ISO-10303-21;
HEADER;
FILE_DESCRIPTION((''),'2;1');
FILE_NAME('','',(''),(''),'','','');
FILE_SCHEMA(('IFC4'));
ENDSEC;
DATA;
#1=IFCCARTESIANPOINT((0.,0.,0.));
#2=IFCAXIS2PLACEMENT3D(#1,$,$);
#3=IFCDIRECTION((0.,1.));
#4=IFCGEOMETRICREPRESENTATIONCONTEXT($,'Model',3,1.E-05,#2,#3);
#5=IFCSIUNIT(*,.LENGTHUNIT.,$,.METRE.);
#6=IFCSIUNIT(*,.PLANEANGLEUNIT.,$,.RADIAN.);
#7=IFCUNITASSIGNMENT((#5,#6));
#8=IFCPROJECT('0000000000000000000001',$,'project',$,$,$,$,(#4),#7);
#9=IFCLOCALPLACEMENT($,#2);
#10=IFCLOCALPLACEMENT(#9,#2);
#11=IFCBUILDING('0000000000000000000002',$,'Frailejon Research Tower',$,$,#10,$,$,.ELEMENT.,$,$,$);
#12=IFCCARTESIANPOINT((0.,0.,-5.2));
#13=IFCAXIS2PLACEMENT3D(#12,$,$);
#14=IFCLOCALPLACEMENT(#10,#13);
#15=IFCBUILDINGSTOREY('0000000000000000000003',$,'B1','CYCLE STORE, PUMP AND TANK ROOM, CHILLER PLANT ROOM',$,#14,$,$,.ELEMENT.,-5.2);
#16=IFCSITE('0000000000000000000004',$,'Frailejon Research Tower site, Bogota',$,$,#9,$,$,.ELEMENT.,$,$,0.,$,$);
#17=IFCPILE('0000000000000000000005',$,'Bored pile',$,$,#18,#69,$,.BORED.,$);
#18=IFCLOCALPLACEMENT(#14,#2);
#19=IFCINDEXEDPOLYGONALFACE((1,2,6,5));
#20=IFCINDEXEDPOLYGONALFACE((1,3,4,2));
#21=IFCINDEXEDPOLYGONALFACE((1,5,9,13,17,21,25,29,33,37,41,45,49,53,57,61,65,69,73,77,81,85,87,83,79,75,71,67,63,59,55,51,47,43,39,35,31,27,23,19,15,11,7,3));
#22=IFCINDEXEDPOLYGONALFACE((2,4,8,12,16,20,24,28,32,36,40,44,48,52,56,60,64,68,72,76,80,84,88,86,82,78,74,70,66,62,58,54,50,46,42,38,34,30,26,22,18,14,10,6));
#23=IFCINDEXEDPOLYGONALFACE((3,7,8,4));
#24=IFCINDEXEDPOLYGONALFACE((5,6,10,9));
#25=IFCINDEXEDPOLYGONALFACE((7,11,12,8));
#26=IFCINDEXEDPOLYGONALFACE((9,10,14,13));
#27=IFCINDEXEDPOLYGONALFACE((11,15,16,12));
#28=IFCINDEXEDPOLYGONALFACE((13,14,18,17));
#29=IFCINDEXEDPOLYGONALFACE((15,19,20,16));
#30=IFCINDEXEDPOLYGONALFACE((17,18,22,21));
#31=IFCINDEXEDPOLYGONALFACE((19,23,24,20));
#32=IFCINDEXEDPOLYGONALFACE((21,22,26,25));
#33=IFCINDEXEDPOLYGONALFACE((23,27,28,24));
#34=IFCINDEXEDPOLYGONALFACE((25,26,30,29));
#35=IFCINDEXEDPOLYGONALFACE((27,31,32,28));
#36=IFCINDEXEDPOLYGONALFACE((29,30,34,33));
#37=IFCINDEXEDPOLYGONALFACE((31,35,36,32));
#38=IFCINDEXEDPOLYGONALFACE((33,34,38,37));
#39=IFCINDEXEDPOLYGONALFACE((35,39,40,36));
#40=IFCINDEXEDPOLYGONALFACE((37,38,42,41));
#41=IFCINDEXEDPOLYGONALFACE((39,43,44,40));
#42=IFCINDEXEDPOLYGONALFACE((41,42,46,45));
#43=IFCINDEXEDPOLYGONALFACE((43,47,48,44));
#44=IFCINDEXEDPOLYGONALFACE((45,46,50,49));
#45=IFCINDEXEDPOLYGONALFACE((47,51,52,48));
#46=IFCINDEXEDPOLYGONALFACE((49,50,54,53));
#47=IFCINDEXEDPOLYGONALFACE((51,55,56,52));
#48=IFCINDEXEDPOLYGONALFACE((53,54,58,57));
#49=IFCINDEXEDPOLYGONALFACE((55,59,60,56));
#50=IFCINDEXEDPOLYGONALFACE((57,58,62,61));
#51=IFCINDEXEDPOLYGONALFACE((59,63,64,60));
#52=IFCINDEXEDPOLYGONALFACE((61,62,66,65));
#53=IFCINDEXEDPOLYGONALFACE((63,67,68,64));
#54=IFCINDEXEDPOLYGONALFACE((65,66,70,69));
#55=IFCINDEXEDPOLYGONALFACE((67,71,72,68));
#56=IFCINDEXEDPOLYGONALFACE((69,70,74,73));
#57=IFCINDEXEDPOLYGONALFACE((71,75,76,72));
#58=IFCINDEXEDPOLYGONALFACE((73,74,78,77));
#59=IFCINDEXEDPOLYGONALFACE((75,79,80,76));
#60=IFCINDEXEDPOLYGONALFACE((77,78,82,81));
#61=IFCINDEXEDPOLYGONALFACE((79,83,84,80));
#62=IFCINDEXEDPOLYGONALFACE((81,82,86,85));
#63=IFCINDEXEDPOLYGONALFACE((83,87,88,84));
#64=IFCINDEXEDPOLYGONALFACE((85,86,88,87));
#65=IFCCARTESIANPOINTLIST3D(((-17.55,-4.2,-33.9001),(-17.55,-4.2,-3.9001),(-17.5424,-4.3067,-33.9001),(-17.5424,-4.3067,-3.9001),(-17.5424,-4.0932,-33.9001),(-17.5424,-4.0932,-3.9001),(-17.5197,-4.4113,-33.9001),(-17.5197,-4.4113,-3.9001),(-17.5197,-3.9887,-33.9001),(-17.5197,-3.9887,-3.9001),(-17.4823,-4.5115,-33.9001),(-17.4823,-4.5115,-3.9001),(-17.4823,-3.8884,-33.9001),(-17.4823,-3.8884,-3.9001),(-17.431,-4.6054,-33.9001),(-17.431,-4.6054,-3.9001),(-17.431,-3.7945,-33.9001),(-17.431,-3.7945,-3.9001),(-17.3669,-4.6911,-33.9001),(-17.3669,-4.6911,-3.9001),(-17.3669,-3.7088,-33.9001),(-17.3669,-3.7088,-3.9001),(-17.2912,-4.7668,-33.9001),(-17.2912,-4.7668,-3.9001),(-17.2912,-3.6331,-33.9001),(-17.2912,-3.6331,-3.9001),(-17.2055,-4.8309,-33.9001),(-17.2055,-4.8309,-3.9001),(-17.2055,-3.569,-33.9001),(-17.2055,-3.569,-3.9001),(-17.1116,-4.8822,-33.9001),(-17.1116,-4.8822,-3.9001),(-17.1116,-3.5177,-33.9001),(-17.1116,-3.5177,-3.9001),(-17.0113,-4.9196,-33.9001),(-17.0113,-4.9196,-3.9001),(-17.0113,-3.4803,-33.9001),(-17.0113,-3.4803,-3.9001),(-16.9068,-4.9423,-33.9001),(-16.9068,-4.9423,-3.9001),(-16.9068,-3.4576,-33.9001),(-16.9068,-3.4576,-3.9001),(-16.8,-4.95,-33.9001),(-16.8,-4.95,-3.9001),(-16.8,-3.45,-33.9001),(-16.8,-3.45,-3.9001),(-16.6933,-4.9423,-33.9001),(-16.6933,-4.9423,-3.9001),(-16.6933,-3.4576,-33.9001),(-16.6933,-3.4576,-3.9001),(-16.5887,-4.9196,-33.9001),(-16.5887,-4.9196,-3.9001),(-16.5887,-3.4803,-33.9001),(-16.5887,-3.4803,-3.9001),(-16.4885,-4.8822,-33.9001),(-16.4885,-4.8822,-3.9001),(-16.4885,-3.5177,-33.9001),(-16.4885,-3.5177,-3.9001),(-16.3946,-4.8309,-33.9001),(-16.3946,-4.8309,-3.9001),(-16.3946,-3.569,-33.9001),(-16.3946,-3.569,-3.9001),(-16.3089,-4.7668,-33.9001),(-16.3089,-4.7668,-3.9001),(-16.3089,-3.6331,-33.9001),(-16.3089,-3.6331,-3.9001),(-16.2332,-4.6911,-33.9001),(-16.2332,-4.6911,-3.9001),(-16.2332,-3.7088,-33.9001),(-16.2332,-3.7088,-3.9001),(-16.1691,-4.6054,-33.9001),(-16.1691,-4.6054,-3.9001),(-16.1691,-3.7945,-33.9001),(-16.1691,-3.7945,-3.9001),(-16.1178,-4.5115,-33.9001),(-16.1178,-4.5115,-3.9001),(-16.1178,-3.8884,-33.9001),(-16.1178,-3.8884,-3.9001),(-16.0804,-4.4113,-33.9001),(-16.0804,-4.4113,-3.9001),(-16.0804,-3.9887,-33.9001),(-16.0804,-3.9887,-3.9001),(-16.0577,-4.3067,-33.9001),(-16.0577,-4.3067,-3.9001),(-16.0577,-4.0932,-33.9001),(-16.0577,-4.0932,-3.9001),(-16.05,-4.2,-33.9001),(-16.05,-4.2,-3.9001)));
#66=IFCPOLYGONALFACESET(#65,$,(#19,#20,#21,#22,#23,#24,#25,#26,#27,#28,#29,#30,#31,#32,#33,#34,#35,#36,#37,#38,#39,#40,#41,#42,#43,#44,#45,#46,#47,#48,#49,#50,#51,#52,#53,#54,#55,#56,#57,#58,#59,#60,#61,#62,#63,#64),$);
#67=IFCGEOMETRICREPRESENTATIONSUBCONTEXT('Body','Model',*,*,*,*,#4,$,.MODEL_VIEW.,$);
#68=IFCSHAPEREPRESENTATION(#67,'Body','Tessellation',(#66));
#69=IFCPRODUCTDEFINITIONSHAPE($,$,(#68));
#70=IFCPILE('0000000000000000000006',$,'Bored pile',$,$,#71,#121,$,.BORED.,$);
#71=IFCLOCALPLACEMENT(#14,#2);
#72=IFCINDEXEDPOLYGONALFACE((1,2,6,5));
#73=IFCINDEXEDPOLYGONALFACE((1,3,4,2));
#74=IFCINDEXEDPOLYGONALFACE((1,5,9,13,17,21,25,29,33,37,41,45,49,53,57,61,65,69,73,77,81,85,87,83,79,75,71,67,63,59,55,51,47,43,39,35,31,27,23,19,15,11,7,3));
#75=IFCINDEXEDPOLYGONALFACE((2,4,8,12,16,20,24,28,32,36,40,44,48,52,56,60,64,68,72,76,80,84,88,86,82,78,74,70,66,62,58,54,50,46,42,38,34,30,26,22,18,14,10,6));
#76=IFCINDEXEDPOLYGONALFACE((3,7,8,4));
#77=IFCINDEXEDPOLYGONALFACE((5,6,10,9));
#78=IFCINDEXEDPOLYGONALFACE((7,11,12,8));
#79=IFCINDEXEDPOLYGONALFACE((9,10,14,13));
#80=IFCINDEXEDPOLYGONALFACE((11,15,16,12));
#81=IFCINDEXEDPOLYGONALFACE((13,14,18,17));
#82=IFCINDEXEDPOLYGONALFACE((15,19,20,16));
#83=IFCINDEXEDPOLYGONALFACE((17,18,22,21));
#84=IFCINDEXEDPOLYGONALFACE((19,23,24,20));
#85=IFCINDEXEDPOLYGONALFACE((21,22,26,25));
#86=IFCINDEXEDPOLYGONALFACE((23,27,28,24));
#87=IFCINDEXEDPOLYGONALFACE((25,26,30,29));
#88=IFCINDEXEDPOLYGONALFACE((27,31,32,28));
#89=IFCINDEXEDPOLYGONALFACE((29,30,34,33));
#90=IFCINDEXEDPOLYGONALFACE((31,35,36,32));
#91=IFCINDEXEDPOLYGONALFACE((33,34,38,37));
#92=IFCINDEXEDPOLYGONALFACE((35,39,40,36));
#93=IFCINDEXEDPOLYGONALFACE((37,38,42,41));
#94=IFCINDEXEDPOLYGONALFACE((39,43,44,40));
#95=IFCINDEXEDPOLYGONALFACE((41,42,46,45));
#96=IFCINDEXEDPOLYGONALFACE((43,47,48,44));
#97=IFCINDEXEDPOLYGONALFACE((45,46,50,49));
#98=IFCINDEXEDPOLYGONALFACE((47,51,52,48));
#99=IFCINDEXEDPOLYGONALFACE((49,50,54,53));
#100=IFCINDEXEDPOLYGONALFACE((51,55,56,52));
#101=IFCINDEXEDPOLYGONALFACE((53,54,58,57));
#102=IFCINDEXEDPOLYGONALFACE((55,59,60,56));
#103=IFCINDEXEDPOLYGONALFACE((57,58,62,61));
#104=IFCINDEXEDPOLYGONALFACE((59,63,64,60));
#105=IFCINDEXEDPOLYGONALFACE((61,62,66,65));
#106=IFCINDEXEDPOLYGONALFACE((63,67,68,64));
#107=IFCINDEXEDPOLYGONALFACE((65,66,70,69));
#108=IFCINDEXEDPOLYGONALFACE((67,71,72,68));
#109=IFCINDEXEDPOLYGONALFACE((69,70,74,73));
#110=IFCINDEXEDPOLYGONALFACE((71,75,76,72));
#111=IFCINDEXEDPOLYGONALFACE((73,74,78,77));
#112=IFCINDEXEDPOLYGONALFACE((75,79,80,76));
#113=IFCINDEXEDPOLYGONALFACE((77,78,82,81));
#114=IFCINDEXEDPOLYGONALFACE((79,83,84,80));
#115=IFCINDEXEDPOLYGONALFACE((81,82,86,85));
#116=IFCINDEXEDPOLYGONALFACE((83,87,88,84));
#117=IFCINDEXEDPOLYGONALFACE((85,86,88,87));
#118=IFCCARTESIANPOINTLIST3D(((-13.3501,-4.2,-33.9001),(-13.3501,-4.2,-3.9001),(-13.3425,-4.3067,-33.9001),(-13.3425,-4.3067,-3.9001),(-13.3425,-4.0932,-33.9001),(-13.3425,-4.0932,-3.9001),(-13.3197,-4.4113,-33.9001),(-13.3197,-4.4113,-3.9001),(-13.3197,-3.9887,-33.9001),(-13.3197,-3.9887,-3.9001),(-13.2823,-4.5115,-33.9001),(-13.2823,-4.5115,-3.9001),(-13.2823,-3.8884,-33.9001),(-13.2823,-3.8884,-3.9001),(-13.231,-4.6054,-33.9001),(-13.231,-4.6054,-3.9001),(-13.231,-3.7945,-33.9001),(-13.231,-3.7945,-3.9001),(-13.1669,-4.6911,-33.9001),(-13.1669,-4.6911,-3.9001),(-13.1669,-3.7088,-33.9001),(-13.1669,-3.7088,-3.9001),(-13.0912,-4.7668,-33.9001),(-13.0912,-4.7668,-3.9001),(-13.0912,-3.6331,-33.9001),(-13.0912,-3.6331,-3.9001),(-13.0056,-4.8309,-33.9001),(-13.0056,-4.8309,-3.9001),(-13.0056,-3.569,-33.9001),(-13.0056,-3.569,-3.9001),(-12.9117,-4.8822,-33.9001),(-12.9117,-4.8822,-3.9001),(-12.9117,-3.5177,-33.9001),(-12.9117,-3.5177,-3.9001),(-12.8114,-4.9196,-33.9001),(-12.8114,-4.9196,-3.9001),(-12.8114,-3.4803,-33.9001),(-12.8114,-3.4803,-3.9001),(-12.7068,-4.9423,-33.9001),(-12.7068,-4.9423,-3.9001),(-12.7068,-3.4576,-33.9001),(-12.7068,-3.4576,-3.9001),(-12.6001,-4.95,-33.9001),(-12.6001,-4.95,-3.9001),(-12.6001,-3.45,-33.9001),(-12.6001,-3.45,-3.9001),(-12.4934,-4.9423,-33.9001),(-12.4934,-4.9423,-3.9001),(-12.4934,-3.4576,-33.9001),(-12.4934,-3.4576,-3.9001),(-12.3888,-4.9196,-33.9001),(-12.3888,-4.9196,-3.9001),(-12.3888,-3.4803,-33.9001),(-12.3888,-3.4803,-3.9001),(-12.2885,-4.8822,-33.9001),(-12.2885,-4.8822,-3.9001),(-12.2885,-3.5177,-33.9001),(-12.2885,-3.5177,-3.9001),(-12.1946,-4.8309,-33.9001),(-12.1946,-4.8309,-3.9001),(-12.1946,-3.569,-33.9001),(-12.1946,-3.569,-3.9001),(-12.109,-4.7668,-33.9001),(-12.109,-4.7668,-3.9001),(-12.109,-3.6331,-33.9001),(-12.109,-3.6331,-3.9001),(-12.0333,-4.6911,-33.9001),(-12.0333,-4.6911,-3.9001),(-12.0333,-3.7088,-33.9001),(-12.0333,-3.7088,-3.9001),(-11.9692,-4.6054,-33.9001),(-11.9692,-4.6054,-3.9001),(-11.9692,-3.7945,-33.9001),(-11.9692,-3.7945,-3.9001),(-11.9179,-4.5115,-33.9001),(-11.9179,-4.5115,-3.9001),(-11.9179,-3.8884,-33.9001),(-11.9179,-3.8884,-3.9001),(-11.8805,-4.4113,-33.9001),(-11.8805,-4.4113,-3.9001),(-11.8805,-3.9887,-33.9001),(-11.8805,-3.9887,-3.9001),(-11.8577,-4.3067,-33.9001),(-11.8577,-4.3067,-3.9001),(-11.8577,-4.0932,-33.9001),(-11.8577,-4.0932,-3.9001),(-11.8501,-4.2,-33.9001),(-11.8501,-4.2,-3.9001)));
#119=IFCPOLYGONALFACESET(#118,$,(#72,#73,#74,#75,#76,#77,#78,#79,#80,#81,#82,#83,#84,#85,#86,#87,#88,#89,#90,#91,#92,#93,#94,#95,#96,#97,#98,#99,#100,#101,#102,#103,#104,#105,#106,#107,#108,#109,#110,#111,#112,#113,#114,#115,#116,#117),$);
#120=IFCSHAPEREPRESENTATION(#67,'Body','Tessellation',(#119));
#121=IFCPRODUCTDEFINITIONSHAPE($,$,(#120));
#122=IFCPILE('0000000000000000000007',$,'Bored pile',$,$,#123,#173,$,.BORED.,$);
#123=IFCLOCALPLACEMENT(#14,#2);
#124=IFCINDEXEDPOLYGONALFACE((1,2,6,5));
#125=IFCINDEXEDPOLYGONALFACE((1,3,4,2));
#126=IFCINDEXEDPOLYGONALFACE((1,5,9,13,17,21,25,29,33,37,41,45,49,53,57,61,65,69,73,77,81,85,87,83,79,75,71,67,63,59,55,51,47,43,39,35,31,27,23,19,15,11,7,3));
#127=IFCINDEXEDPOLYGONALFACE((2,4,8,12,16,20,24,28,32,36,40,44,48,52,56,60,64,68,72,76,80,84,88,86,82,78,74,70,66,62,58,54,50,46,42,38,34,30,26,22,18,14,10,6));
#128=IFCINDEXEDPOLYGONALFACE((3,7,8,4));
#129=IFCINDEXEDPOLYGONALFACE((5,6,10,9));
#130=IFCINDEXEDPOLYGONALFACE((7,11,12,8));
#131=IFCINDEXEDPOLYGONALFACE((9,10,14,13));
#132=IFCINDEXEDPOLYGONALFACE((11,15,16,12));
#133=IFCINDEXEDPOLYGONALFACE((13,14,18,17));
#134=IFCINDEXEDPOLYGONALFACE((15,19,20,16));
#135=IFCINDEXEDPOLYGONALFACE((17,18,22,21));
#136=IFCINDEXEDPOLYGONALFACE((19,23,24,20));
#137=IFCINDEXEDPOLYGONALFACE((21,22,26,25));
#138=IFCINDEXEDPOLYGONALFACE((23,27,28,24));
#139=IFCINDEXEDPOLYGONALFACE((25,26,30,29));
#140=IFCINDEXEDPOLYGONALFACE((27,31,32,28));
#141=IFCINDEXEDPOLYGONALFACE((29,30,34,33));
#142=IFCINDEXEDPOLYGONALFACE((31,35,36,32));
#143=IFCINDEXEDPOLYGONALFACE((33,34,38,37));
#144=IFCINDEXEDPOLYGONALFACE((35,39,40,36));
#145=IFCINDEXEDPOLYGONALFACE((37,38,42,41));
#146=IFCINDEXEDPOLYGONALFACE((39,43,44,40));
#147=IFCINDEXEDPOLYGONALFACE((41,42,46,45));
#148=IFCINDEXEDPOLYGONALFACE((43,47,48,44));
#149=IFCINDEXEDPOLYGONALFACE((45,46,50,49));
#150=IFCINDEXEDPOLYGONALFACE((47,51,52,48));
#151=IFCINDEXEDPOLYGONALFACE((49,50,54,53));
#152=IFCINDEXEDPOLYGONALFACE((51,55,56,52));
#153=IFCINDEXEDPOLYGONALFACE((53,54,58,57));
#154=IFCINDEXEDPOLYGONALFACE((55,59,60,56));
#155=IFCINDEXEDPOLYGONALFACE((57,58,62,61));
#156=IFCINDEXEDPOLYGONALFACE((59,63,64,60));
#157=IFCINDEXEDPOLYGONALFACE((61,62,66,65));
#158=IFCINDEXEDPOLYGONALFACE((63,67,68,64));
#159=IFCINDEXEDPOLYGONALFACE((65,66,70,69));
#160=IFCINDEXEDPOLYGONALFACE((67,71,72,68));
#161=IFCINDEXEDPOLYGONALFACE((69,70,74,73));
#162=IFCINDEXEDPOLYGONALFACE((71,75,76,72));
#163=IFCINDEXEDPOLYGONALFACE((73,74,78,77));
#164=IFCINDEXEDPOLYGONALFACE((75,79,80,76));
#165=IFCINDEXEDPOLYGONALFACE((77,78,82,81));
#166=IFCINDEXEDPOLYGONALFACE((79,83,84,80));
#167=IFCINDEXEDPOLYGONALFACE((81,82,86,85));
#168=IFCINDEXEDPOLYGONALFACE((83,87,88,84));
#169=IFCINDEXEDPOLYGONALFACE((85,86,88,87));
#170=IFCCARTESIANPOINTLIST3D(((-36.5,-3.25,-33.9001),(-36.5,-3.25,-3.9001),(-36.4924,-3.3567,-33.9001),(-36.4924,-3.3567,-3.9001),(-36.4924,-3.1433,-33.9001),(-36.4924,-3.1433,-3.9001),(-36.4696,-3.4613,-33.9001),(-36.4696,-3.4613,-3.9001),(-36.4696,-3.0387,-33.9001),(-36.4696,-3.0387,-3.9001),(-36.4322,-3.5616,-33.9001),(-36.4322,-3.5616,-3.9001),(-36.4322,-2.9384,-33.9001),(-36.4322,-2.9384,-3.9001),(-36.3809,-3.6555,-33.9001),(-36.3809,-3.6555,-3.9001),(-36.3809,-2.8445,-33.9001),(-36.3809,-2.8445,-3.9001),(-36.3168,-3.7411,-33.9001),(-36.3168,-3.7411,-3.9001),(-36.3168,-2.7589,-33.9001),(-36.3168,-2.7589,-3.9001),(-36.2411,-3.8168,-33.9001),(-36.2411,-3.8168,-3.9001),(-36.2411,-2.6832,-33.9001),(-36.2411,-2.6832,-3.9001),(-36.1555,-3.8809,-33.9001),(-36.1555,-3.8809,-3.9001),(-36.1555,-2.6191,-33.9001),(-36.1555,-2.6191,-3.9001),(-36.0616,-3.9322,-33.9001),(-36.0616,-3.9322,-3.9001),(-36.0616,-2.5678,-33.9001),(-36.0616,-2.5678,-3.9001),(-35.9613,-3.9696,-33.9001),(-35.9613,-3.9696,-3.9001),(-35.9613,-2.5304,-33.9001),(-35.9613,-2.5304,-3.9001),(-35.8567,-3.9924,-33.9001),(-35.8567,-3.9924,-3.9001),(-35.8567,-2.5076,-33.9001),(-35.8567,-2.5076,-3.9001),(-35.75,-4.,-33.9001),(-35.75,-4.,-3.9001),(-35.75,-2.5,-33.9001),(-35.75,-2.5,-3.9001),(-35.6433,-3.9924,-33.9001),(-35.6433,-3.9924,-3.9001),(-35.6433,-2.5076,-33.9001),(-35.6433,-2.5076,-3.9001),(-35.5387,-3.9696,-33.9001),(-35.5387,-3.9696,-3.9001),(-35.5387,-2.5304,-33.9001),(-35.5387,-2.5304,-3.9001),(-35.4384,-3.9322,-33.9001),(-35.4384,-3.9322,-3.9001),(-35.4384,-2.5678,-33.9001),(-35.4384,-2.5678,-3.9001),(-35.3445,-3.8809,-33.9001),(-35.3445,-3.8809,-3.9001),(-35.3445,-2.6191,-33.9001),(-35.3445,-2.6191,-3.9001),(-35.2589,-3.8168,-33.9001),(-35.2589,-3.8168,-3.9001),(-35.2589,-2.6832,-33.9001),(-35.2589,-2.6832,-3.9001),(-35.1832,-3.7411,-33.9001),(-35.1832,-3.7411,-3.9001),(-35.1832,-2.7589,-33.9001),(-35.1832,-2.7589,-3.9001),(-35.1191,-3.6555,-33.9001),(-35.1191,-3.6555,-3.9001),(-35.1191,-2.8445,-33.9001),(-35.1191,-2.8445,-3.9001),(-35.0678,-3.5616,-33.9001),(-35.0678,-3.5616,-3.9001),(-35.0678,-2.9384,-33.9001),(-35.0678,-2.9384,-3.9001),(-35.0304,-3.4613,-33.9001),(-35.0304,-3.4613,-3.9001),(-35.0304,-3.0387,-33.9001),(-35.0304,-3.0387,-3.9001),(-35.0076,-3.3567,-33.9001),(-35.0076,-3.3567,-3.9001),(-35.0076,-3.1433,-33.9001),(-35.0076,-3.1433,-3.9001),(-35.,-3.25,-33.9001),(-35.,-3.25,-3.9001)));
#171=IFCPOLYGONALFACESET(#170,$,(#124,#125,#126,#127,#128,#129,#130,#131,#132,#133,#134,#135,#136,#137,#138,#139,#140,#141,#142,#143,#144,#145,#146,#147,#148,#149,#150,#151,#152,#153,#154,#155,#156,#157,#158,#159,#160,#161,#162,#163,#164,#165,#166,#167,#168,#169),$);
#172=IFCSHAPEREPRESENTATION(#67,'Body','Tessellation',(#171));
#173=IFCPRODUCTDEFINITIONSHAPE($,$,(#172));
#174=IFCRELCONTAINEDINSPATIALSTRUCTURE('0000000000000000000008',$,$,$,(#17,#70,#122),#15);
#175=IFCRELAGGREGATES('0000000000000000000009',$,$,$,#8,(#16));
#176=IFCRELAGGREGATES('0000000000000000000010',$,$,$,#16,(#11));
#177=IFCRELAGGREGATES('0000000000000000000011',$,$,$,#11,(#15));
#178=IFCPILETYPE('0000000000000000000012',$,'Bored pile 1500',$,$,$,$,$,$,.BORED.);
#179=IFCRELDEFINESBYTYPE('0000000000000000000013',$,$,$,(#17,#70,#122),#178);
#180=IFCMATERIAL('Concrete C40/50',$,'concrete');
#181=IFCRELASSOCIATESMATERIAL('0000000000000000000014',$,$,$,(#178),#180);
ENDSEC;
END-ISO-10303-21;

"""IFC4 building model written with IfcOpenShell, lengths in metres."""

from ifc_helpers import new_model, si_unit, direction, frame, origin, origin_2d, place, context, subcontext, project, spatial, circle, extrude, material, material_profile, profile_set, type_object, element, save


model = new_model("IFC4")

# Units and contexts
model_context = context("Model", 3, precision=1e-05, world=origin(), true_north=direction((0.0, 1.0)))
body_context = subcontext(model_context, "Body", "Model", "MODEL_VIEW")
ifc_project = project(units=[si_unit("LENGTHUNIT", "METRE"), si_unit("PLANEANGLEUNIT", "RADIAN")], contexts=[model_context])

# Site, building, storey
site_placement = place(None, origin())
site = spatial("IfcSite", under=ifc_project, at=site_placement, Name="Frailejon Research Tower site, Bogota", CompositionType="ELEMENT", RefElevation=0.0)
building_placement = place(site_placement, origin())
building = spatial("IfcBuilding", under=site, at=building_placement, Name="Frailejon Research Tower", CompositionType="ELEMENT")
storey_placement = place(building_placement, frame((0.0, 0.0, -5.2)))
storey = spatial("IfcBuildingStorey", under=building, at=storey_placement, Name="B1", Description="CYCLE STORE, PUMP AND TANK ROOM, CHILLER PLANT ROOM", CompositionType="ELEMENT", Elevation=-5.2)

# Piles
ifc_material_1 = material(Name="Concrete C40/50", Category="concrete")
ifc_material_profile_1 = material_profile(ifc_material_1, circle(Radius=0.75, at=origin_2d()), Name="Bored pile 1500")
ifc_profile_set_1 = profile_set([ifc_material_profile_1], Name="Concrete C40/50")
pile_type = type_object("IfcPileType", Name="Bored pile 1500", PredefinedType="BORED", material=ifc_profile_set_1)
for number, where, z_axis, x_axis, name in (
    (1, (-16.8, -4.2, -3.9001), (0.0, 0.0, -1.0), (1.0, 0.0, 0.0), "Bored pile"),
    (2, (-12.6001, -4.2, -3.9001), (0.0, 0.0, -1.0), (1.0, 0.0, 0.0), "Bored pile"),
    (3, (-35.75, -3.25, -3.9001), (0.0, 0.0, -1.0), (1.0, 0.0, 0.0), "Bored pile"),
):
    element("IfcPile", number, at=place(storey_placement, frame(where, z_axis=z_axis, x_axis=x_axis)), inside=storey, type_object=pile_type, Name=name, PredefinedType="BORED", context=body_context, shape_type="SweptSolid", body=[
        extrude(circle(Radius=0.75, at=origin_2d()), origin(), (0.0, 0.0, 1.0), 30.0),
    ])

save(model, "model.ifc")
